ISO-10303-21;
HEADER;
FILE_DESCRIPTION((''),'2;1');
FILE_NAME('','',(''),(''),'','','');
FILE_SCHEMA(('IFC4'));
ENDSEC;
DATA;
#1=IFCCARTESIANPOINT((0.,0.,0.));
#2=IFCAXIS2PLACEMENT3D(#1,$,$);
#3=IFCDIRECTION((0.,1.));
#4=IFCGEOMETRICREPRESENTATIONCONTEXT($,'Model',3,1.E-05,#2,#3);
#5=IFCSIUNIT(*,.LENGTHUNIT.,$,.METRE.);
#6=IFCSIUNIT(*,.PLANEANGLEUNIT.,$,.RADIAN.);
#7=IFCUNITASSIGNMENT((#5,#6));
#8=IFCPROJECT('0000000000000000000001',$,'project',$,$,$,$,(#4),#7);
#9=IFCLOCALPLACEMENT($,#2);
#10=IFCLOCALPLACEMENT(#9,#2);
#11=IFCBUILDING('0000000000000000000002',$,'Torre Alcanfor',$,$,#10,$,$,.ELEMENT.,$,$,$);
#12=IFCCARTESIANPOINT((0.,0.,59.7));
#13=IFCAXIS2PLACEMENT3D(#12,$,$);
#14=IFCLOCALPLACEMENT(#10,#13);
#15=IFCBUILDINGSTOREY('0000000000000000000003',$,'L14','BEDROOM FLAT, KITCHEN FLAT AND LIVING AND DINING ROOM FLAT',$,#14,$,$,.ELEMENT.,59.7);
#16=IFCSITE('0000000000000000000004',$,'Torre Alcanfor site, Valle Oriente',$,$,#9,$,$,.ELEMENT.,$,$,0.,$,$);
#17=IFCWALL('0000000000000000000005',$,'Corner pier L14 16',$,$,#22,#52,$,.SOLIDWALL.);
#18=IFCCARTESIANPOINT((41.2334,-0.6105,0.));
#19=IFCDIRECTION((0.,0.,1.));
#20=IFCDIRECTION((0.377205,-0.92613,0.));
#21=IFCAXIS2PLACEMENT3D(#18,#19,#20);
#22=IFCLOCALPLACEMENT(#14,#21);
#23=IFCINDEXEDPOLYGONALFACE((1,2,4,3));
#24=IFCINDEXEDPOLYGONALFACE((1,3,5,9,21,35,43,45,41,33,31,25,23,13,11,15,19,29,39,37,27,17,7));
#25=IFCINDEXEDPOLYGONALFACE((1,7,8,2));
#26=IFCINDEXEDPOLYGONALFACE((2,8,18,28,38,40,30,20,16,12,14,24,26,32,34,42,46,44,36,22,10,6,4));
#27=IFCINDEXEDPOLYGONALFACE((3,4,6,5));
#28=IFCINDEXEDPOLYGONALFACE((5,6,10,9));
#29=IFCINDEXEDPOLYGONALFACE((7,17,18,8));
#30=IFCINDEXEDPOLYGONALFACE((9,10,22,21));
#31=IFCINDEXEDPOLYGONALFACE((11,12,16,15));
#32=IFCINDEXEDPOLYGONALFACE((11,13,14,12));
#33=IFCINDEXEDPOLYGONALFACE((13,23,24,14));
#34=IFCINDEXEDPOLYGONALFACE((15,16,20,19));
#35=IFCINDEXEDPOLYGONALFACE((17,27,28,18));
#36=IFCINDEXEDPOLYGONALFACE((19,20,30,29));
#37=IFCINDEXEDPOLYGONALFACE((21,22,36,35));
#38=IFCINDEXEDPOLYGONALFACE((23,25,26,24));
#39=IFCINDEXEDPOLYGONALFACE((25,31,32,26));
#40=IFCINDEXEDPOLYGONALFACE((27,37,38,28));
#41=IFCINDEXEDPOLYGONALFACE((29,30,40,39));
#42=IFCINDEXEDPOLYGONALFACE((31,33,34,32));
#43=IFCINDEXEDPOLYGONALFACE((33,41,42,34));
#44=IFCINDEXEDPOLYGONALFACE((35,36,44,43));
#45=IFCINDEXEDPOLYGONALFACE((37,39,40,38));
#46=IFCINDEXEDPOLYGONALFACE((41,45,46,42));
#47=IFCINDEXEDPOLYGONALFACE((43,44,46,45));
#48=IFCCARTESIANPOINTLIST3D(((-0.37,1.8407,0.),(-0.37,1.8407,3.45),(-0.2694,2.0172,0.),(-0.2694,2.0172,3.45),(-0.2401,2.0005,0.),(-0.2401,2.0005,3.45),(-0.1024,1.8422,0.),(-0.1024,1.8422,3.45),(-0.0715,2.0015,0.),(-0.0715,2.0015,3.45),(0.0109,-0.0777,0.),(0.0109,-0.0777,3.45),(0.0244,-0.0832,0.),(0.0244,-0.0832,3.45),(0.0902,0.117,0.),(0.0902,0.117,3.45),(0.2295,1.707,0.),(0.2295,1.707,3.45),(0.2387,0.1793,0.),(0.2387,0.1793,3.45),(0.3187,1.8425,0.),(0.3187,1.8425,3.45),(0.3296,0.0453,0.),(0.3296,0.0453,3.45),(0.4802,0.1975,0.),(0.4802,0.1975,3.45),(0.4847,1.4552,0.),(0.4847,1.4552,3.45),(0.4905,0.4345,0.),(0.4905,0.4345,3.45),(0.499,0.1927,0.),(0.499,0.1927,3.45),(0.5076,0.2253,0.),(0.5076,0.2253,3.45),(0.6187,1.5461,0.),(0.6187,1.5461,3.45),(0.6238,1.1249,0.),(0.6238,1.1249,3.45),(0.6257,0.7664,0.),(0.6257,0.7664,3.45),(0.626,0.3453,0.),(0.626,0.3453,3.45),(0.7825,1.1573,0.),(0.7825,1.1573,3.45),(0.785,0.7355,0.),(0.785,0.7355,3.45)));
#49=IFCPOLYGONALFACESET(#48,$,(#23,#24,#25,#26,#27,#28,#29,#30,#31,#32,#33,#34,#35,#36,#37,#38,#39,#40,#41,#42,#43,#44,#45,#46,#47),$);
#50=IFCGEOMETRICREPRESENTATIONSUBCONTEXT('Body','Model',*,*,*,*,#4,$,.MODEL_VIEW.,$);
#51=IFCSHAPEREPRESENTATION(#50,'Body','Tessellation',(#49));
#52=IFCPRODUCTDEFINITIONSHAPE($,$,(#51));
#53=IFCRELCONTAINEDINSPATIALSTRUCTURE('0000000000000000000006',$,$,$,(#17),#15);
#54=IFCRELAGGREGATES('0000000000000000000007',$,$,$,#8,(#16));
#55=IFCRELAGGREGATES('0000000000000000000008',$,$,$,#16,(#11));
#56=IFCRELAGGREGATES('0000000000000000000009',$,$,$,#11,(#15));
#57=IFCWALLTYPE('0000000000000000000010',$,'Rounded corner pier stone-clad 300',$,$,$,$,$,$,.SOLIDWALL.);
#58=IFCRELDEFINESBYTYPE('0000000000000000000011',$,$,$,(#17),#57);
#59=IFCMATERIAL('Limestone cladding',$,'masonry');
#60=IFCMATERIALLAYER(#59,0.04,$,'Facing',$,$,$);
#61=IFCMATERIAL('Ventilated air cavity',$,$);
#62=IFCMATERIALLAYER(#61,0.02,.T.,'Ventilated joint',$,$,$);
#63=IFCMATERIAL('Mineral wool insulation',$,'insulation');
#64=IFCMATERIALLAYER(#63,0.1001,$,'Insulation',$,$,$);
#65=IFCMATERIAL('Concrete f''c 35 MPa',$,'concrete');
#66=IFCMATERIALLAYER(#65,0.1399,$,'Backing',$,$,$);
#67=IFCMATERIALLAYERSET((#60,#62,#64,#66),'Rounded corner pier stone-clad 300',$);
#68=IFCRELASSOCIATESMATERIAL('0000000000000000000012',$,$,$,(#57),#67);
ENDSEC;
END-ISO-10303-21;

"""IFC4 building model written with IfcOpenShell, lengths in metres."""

from ifc_helpers import new_model, si_unit, direction, frame, origin, place, context, subcontext, project, spatial, polyline, outline, extrude, material, layer, layer_set, type_object, element, save


model = new_model("IFC4")

# Units and contexts
model_context = context("Model", 3, precision=1e-05, world=origin(), true_north=direction((0.0, 1.0)))
body_context = subcontext(model_context, "Body", "Model", "MODEL_VIEW")
ifc_project = project(units=[si_unit("LENGTHUNIT", "METRE"), si_unit("PLANEANGLEUNIT", "RADIAN")], contexts=[model_context])

# Site, building, storey
site_placement = place(None, origin())
site = spatial("IfcSite", under=ifc_project, at=site_placement, Name="Torre Alcanfor site, Valle Oriente", CompositionType="ELEMENT", RefElevation=0.0)
building_placement = place(site_placement, origin())
building = spatial("IfcBuilding", under=site, at=building_placement, Name="Torre Alcanfor", CompositionType="ELEMENT")
storey_placement = place(building_placement, frame((0.0, 0.0, 59.7)))
storey = spatial("IfcBuildingStorey", under=building, at=storey_placement, Name="L14", Description="BEDROOM FLAT, KITCHEN FLAT AND LIVING AND DINING ROOM FLAT", CompositionType="ELEMENT", Elevation=59.7)

# Wall
ifc_material_1 = material(Name="Limestone cladding", Category="masonry")
ifc_layer_1 = layer(ifc_material_1, 0.04, Name="Facing")
ifc_material_2 = material(Name="Ventilated air cavity")
ifc_layer_2 = layer(ifc_material_2, 0.02, ventilated=True, Name="Ventilated joint")
ifc_material_3 = material(Name="Mineral wool insulation", Category="insulation")
ifc_layer_3 = layer(ifc_material_3, 0.1001, Name="Insulation")
ifc_material_4 = material(Name="Concrete f'c 35 MPa", Category="concrete")
ifc_layer_4 = layer(ifc_material_4, 0.1399, Name="Backing")
ifc_layer_set_1 = layer_set([ifc_layer_1, ifc_layer_2, ifc_layer_3, ifc_layer_4], Name="Rounded corner pier stone-clad 300")
wall_type_1 = type_object("IfcWallType", Name="Rounded corner pier stone-clad 300", PredefinedType="SOLIDWALL", material=ifc_layer_set_1)
wall_1_placement = place(storey_placement, frame((41.2334, -0.6105, 0.0), z_axis=(0.0, 0.0, 1.0), x_axis=(0.377205, -0.92613, 0.0)))
element("IfcWall", 1, at=wall_1_placement, inside=storey, type_object=wall_type_1, Name="Corner pier L14 16", PredefinedType="SOLIDWALL", context=body_context, shape_type="SweptSolid", body=[
    extrude(outline(polyline([(0.3187, 1.8425), (-0.0715, 2.0015), (-0.2401, 2.0005), (-0.2694, 2.0172), (-0.37, 1.8407), (-0.1024, 1.8422), (0.2295, 1.707), (0.4847, 1.4552), (0.6238, 1.1249), (0.6257, 0.7664), (0.4905, 0.4345), (0.2387, 0.1793), (0.0902, 0.117), (0.0109, -0.0777), (0.0244, -0.0832), (0.3296, 0.0453), (0.4802, 0.1975), (0.499, 0.1927), (0.5076, 0.2253), (0.626, 0.3453), (0.785, 0.7355), (0.7825, 1.1573), (0.6187, 1.5461), (0.3187, 1.8425)])), origin(), (0.0, 0.0, 1.0), 3.45),
])

save(model, "model.ifc")
